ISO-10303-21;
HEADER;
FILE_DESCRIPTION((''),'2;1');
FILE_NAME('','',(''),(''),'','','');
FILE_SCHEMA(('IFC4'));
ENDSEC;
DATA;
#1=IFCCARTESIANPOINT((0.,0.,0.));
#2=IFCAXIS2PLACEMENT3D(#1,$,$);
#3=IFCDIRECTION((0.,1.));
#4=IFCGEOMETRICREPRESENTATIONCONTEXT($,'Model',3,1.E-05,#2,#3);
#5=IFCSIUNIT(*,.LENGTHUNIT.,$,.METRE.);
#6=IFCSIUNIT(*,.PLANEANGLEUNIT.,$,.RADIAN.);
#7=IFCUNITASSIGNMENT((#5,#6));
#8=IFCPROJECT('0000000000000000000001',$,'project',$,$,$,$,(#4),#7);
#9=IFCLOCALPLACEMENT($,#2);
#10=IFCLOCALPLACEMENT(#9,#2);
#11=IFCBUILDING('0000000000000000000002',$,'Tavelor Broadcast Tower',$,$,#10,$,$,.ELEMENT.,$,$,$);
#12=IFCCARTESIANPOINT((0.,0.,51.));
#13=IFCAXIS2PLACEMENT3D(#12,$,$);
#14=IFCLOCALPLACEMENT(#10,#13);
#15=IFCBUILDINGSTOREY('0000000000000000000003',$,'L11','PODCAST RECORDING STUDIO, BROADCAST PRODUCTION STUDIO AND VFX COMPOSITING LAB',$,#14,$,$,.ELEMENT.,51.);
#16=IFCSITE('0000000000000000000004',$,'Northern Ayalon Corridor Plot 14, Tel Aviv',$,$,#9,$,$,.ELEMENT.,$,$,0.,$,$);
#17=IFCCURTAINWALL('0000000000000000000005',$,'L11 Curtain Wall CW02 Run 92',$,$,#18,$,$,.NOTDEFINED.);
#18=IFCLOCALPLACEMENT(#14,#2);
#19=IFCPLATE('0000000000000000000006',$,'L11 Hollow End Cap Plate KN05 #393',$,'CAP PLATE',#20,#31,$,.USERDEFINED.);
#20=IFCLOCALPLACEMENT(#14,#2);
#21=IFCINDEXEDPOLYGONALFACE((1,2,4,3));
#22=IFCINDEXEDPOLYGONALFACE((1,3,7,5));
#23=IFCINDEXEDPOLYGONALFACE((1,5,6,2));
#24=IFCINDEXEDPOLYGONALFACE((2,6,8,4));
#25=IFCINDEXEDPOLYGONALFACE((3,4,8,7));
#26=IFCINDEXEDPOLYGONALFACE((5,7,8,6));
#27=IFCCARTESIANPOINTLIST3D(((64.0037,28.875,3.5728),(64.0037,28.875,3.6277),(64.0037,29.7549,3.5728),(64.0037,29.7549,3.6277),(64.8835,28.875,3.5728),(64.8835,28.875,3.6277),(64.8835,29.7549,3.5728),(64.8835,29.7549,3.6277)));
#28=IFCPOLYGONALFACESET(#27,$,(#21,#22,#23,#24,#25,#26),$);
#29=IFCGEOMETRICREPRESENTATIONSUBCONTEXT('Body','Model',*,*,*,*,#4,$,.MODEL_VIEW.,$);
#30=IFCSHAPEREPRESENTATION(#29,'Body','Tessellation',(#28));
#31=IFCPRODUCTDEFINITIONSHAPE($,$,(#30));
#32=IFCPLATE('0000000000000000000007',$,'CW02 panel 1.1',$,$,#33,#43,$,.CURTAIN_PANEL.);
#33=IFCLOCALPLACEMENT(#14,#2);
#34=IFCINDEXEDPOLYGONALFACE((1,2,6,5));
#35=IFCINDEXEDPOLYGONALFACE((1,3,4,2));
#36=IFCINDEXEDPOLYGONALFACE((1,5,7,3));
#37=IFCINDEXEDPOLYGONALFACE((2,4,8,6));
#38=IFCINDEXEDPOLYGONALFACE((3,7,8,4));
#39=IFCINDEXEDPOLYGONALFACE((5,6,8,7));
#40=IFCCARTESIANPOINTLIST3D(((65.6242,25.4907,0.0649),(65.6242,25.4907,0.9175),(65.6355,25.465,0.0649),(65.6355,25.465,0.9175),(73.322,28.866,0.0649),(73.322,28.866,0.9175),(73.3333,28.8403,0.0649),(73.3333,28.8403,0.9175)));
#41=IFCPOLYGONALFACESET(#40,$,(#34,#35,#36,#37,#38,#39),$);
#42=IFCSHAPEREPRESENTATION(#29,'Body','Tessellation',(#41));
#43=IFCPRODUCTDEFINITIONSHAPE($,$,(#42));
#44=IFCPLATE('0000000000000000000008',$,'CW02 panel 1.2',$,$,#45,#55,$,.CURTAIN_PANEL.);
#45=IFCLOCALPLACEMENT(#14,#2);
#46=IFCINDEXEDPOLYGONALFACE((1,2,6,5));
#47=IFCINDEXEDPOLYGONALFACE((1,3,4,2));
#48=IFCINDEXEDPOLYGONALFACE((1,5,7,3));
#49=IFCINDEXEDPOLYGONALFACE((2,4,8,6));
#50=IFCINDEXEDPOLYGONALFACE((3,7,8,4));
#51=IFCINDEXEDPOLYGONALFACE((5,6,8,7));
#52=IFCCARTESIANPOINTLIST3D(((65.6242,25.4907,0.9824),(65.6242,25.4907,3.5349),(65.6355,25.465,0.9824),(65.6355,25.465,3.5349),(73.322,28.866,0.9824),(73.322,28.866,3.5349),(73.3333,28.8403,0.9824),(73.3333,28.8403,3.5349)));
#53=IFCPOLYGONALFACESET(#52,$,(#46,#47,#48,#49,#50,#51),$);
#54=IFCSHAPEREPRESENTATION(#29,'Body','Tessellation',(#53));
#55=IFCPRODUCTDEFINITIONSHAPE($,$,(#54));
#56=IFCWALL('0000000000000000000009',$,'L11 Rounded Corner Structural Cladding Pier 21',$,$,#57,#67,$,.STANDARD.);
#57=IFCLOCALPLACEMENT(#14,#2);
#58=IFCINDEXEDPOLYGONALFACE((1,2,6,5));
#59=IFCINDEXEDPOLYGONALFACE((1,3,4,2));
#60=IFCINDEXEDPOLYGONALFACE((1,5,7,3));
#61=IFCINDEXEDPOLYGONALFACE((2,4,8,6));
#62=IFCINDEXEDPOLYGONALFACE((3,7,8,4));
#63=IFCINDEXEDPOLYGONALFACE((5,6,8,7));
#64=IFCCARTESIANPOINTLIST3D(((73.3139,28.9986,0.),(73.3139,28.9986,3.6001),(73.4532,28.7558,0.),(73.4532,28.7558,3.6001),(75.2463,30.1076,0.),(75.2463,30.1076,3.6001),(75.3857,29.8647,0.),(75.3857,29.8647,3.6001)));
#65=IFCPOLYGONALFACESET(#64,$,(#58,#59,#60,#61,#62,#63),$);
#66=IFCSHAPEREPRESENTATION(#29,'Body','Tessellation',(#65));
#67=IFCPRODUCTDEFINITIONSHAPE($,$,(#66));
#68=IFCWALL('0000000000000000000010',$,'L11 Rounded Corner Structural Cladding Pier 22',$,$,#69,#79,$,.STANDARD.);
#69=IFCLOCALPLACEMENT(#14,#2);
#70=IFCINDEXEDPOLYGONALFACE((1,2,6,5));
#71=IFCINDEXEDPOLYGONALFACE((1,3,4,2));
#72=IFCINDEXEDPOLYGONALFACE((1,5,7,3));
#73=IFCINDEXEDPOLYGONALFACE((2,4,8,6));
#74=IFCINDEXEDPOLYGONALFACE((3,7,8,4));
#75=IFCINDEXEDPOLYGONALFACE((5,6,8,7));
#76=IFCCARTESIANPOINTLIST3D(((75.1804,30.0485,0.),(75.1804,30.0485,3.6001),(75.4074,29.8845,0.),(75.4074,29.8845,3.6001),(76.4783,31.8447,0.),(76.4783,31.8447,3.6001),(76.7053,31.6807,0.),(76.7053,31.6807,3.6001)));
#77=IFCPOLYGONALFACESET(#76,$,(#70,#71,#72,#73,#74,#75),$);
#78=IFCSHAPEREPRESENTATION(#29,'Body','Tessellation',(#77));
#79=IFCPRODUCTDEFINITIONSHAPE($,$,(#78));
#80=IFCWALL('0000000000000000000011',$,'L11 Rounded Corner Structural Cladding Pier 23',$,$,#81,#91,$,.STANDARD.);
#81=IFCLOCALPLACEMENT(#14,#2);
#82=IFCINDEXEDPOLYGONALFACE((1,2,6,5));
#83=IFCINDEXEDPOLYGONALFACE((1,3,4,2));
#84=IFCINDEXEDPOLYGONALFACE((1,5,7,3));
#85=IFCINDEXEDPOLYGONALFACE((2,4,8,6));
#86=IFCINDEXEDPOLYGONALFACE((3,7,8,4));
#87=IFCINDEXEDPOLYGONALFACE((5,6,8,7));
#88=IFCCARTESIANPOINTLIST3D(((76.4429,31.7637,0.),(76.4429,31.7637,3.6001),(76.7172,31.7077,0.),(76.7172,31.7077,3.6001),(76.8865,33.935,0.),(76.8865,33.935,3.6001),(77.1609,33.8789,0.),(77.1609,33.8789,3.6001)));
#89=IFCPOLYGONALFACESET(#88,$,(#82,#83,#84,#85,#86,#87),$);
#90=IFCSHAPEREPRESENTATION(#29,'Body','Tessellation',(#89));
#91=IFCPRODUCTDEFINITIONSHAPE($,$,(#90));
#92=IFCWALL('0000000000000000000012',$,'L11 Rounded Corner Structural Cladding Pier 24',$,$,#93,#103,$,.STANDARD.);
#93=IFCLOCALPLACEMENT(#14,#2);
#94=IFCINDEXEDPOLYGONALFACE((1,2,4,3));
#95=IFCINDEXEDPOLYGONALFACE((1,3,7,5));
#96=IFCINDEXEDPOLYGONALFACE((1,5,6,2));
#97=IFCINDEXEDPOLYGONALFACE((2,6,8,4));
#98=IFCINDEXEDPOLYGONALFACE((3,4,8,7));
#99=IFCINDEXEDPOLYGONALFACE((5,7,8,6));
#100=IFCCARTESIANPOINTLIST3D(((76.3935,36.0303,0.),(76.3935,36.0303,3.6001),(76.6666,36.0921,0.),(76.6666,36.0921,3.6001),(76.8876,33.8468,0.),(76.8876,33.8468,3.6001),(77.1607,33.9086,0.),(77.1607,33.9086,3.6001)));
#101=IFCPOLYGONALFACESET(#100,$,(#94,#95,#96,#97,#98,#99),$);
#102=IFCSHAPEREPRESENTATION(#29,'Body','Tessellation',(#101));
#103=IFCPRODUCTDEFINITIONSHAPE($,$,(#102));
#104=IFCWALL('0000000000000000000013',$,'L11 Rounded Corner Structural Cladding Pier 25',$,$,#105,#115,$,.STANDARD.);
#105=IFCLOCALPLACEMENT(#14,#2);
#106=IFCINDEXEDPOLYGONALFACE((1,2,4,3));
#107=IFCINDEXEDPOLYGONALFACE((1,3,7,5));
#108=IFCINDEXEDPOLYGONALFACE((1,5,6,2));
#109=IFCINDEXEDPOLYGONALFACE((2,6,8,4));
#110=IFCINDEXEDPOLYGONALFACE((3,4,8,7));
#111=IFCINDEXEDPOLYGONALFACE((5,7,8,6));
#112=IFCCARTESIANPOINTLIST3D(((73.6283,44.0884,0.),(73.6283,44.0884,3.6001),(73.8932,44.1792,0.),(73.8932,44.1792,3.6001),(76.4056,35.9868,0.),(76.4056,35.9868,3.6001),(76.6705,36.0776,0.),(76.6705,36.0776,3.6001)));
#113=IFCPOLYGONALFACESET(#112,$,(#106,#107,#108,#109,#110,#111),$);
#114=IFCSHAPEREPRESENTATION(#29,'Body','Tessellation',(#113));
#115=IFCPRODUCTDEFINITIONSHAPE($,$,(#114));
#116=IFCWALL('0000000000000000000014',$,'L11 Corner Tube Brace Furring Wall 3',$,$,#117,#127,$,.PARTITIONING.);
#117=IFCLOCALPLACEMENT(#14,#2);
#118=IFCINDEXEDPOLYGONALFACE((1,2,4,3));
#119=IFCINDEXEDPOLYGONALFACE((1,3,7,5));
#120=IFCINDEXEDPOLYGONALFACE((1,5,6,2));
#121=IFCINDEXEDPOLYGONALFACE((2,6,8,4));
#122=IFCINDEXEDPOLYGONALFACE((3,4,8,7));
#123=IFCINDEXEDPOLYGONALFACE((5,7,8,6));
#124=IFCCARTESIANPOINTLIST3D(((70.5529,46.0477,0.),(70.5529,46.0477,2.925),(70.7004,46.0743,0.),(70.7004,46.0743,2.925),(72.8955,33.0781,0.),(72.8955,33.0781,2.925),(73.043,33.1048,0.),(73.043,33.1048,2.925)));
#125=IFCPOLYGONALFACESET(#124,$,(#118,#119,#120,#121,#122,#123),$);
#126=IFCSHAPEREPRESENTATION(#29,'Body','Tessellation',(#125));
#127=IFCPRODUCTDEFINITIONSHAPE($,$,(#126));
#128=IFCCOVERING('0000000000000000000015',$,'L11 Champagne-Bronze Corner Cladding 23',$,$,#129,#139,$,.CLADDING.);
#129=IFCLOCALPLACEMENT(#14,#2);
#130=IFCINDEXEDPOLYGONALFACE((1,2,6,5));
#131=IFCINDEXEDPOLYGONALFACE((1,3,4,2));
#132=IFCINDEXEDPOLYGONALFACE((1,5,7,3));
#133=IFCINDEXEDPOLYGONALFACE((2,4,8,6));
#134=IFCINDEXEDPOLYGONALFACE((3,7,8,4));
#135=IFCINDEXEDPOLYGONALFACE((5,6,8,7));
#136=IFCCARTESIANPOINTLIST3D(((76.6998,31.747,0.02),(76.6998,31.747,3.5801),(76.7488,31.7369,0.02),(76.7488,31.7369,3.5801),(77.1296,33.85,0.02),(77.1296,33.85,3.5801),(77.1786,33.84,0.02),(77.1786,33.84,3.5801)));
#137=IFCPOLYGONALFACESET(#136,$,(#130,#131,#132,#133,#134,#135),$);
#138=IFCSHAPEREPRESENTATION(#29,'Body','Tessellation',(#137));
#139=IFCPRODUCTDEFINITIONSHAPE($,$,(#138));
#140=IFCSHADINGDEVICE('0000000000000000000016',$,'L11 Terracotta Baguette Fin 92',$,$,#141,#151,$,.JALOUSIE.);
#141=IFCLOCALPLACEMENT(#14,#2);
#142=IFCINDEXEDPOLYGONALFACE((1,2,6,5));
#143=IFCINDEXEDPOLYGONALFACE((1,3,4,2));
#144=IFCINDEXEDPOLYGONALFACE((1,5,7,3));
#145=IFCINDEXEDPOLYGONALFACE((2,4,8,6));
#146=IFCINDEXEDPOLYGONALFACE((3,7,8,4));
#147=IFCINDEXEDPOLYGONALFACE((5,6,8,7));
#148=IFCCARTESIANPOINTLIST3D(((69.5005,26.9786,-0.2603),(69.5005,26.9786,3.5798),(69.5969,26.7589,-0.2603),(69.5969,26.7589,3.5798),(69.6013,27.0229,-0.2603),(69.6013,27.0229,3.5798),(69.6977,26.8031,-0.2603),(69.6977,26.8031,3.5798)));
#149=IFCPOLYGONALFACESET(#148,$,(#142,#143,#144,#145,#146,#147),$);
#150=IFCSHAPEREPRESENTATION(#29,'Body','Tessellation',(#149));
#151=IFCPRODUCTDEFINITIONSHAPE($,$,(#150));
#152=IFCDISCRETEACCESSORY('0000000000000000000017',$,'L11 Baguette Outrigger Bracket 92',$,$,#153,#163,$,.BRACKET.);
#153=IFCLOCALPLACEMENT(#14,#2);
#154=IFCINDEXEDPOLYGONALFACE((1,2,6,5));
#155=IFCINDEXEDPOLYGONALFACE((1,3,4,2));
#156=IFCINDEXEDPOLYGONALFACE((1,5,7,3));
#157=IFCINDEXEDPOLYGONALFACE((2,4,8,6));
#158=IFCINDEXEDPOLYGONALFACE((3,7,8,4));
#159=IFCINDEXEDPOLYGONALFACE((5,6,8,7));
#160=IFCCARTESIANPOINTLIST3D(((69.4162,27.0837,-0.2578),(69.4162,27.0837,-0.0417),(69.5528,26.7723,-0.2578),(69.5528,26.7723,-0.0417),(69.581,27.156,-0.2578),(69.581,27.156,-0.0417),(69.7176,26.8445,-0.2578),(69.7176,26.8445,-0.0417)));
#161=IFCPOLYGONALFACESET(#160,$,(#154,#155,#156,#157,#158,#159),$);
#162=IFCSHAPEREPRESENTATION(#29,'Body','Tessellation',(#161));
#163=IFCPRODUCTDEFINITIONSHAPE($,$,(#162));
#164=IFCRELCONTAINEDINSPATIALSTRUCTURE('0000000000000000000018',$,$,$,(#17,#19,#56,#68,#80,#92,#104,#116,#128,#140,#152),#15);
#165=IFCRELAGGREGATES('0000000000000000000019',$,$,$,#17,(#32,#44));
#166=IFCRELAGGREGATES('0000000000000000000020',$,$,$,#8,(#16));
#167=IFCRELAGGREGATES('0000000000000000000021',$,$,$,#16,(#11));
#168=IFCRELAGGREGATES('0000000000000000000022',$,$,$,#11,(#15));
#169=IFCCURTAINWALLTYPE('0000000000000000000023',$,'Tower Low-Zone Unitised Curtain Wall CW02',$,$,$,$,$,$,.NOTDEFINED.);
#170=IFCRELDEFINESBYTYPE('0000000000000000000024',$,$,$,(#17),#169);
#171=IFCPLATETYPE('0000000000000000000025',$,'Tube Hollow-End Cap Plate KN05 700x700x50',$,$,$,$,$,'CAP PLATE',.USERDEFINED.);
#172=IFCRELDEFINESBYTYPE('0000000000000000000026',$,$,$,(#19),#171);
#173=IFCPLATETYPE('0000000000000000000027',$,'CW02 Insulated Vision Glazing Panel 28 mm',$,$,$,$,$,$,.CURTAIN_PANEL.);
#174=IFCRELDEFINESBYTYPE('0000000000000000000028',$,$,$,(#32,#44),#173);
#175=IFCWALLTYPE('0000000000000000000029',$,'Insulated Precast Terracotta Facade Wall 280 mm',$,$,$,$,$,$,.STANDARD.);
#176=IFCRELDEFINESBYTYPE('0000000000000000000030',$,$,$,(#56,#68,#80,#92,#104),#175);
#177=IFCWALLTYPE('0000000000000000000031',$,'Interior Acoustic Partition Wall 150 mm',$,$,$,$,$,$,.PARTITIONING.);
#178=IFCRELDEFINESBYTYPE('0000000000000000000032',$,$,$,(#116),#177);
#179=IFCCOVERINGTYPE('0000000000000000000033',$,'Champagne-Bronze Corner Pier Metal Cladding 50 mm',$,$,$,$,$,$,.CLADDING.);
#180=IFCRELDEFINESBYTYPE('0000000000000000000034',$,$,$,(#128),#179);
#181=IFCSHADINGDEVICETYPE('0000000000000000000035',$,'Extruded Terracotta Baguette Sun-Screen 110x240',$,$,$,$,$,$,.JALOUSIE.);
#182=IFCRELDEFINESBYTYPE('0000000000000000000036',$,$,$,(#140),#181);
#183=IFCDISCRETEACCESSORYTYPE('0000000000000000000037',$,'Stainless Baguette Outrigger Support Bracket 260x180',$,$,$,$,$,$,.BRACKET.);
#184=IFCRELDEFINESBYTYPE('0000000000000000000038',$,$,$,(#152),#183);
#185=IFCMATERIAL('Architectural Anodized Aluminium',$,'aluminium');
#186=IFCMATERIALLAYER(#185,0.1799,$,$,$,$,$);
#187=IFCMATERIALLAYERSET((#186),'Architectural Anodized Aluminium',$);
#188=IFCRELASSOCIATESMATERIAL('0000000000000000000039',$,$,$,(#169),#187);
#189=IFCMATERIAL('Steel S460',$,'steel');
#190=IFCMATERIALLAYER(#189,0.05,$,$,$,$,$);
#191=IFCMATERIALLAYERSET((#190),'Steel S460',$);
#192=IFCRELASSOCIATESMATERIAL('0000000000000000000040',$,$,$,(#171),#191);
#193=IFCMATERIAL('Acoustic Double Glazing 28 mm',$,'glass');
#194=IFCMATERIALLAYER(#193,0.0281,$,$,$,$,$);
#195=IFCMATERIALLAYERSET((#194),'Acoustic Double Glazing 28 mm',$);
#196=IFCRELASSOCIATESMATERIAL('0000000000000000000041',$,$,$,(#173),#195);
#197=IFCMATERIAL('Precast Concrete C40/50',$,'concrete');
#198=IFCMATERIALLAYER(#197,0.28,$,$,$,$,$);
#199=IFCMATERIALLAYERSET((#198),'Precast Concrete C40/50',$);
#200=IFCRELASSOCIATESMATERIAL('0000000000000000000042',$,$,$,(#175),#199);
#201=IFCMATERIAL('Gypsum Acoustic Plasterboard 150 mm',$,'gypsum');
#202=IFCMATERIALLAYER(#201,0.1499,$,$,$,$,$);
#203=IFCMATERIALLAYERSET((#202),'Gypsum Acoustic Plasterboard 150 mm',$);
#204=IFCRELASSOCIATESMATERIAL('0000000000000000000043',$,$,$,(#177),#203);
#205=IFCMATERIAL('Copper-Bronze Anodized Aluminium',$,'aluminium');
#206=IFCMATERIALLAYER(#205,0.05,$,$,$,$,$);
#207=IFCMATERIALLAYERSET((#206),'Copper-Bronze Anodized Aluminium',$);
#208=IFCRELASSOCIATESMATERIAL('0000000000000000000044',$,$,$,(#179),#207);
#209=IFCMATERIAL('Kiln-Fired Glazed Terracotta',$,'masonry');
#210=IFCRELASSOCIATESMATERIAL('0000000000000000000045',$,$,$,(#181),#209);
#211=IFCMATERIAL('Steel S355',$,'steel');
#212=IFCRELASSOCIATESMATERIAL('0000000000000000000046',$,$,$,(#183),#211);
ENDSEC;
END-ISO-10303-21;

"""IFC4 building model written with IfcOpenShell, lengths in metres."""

from ifc_helpers import new_model, si_unit, direction, frame, frame_2d, origin, origin_2d, place, context, subcontext, project, spatial, rectangle, extrude, source, transform, mapped, material, layer, layer_set, type_object, type_shapes, element, aggregate, save


model = new_model("IFC4")

# Units and contexts
model_context = context("Model", 3, precision=1e-05, world=origin(), true_north=direction((0.0, 1.0)))
body_context = subcontext(model_context, "Body", "Model", "MODEL_VIEW")
ifc_project = project(units=[si_unit("LENGTHUNIT", "METRE"), si_unit("PLANEANGLEUNIT", "RADIAN")], contexts=[model_context])

# Site, building, storey
site_placement = place(None, origin())
site = spatial("IfcSite", under=ifc_project, at=site_placement, Name="Northern Ayalon Corridor Plot 14, Tel Aviv", CompositionType="ELEMENT", RefElevation=0.0)
building_placement = place(site_placement, origin())
building = spatial("IfcBuilding", under=site, at=building_placement, Name="Tavelor Broadcast Tower", CompositionType="ELEMENT")
storey_placement = place(building_placement, frame((0.0, 0.0, 51.0)))
storey = spatial("IfcBuildingStorey", under=building, at=storey_placement, Name="L11", Description="PODCAST RECORDING STUDIO, BROADCAST PRODUCTION STUDIO AND VFX COMPOSITING LAB", CompositionType="ELEMENT", Elevation=51.0)

# Shared definitions
ifc_material_1 = material(Name="Steel S460", Category="steel")

# Shared definitions
ifc_material_2 = material(Name="Steel S355", Category="steel")

# Shared definitions
ifc_material_3 = material(Name="Architectural Anodized Aluminium", Category="aluminium")
ifc_layer_1 = layer(ifc_material_3, 0.1799)
ifc_layer_set_1 = layer_set([ifc_layer_1], Name="Architectural Anodized Aluminium")
curtain_wall_type = type_object("IfcCurtainWallType", Name="Tower Low-Zone Unitised Curtain Wall CW02", PredefinedType="NOTDEFINED", material=ifc_layer_set_1)

# Curtain wall
curtain_wall_1_placement = place(storey_placement, origin())
curtain_wall_1 = element("IfcCurtainWall", 1, at=curtain_wall_1_placement, inside=storey, type_object=curtain_wall_type, Name="L11 Curtain Wall CW02 Run 92", PredefinedType="NOTDEFINED")

# Plate
ifc_layer_2 = layer(ifc_material_1, 0.05)
ifc_layer_set_2 = layer_set([ifc_layer_2], Name="Steel S460")
plate_type_1 = type_object("IfcPlateType", Name="Tube Hollow-End Cap Plate KN05 700x700x50", ElementType="CAP PLATE", PredefinedType="USERDEFINED", material=ifc_layer_set_2)
shared_shape_1 = source(origin(), body_context, "Body", "SweptSolid", [
    extrude(rectangle(XDim=0.8799, YDim=0.8799, at=origin_2d()), origin(), (0.0, 0.0, 1.0), 0.0549),
])
plate_1_placement = place(storey_placement, frame((64.4436, 29.3149, 3.5728), z_axis=(0.0, 0.0, 1.0), x_axis=(1.0, 0.0, 0.0)))
element("IfcPlate", 2, at=plate_1_placement, inside=storey, type_object=plate_type_1, Name="L11 Hollow End Cap Plate KN05 #393", ObjectType="CAP PLATE", PredefinedType="USERDEFINED", context=body_context, shape_type="MappedRepresentation", body=[
    mapped(shared_shape_1, transform((0.0, 0.0, 0.0), scale=1.0)),
])

# Plates
ifc_material_4 = material(Name="Acoustic Double Glazing 28 mm", Category="glass")
ifc_layer_3 = layer(ifc_material_4, 0.0281)
ifc_layer_set_3 = layer_set([ifc_layer_3], Name="Acoustic Double Glazing 28 mm")
plate_type_2 = type_object("IfcPlateType", Name="CW02 Insulated Vision Glazing Panel 28 mm", PredefinedType="CURTAIN_PANEL", material=ifc_layer_set_3)
shared_shape_2 = source(origin(), body_context, "Body", "SweptSolid", [
    extrude(rectangle(XDim=8.4053, YDim=0.0281, at=origin_2d()), origin(), (0.0, 0.0, 1.0), 0.8525),
])
plate_2_placement = place(storey_placement, frame((69.4788, 27.1655, 0.0649), z_axis=(0.0, 0.0, 1.0), x_axis=(0.91583, 0.401567, 0.0)))
plate_2 = element("IfcPlate", 3, at=plate_2_placement, type_object=plate_type_2, Name="CW02 panel 1.1", PredefinedType="CURTAIN_PANEL", context=body_context, shape_type="MappedRepresentation", body=[
    mapped(shared_shape_2, transform((0.0, 0.0, 0.0), scale=1.0)),
])
shared_shape_3 = source(origin(), body_context, "Body", "SweptSolid", [
    extrude(rectangle(XDim=8.4053, YDim=0.0281, at=origin_2d()), origin(), (0.0, 0.0, 1.0), 2.5525),
])
type_shapes(plate_type_2, [shared_shape_2, shared_shape_3])
plate_3_placement = place(storey_placement, frame((69.4788, 27.1655, 0.9824), z_axis=(0.0, 0.0, 1.0), x_axis=(0.91583, 0.401567, 0.0)))
plate_3 = element("IfcPlate", 4, at=plate_3_placement, type_object=plate_type_2, Name="CW02 panel 1.2", PredefinedType="CURTAIN_PANEL", context=body_context, shape_type="MappedRepresentation", body=[
    mapped(shared_shape_3, transform((0.0, 0.0, 0.0), scale=1.0)),
])
aggregate(curtain_wall_1, [plate_2, plate_3])

# Walls
ifc_material_5 = material(Name="Precast Concrete C40/50", Category="concrete")
ifc_layer_4 = layer(ifc_material_5, 0.28)
ifc_layer_set_4 = layer_set([ifc_layer_4], Name="Precast Concrete C40/50")
wall_type_1 = type_object("IfcWallType", Name="Insulated Precast Terracotta Facade Wall 280 mm", PredefinedType="STANDARD", material=ifc_layer_set_4)
wall_1_placement = place(storey_placement, frame((73.3835, 28.8772, 0.0), z_axis=(0.0, 0.0, 1.0), x_axis=(0.867338, 0.497719, 0.0)))
element("IfcWall", 5, at=wall_1_placement, inside=storey, type_object=wall_type_1, Name="L11 Rounded Corner Structural Cladding Pier 21", PredefinedType="STANDARD", context=body_context, shape_type="SweptSolid", body=[
    extrude(rectangle(XDim=2.228, YDim=0.28, at=frame_2d((1.114, 0.0))), origin(), (0.0, 0.0, 1.0), 3.6001),
])
for number, where, z_axis, x_axis, name in (
    (6, (75.2939, 29.9666, 0.0), (0.0, 0.0, 1.0), (0.58568, 0.810543, 0.0), "L11 Rounded Corner Structural Cladding Pier 22"),
    (7, (76.5801, 31.7358, 0.0), (0.0, 0.0, 1.0), (0.200182, 0.979759, 0.0), "L11 Rounded Corner Structural Cladding Pier 23"),
):
    element("IfcWall", number, at=place(storey_placement, frame(where, z_axis=z_axis, x_axis=x_axis)), inside=storey, type_object=wall_type_1, Name=name, PredefinedType="STANDARD", context=body_context, shape_type="SweptSolid", body=[
        extrude(rectangle(XDim=2.2161, YDim=0.28, at=frame_2d((1.1079, 0.0))), origin(), (0.0, 0.0, 1.0), 3.6001),
    ])
wall_2_placement = place(storey_placement, frame((77.0242, 33.8777, 0.0), z_axis=(0.0, 0.0, 1.0), x_axis=(-0.220716, 0.975338, 0.0)))
element("IfcWall", 8, at=wall_2_placement, inside=storey, type_object=wall_type_1, Name="L11 Rounded Corner Structural Cladding Pier 24", PredefinedType="STANDARD", context=body_context, shape_type="SweptSolid", body=[
    extrude(rectangle(XDim=2.2388, YDim=0.28, at=frame_2d((1.1194, 0.0))), origin(), (0.0, 0.0, 1.0), 3.6001),
])
wall_3_placement = place(storey_placement, frame((76.5381, 36.0322, 0.0), z_axis=(0.0, 0.0, 1.0), x_axis=(-0.324289, 0.945958, 0.0)))
element("IfcWall", 9, at=wall_3_placement, inside=storey, type_object=wall_type_1, Name="L11 Rounded Corner Structural Cladding Pier 25", PredefinedType="STANDARD", context=body_context, shape_type="SweptSolid", body=[
    extrude(rectangle(XDim=8.5645, YDim=0.28, at=frame_2d((4.2822, 0.0))), origin(), (0.0, 0.0, 1.0), 3.6001),
])
ifc_material_6 = material(Name="Gypsum Acoustic Plasterboard 150 mm", Category="gypsum")
ifc_layer_5 = layer(ifc_material_6, 0.1499)
ifc_layer_set_5 = layer_set([ifc_layer_5], Name="Gypsum Acoustic Plasterboard 150 mm")
wall_type_2 = type_object("IfcWallType", Name="Interior Acoustic Partition Wall 150 mm", PredefinedType="PARTITIONING", material=ifc_layer_set_5)
wall_4_placement = place(storey_placement, frame((72.9692, 33.0913, 0.0), z_axis=(0.0, 0.0, 1.0), x_axis=(-0.177743, 0.984077, 0.0)))
element("IfcWall", 10, at=wall_4_placement, inside=storey, type_object=wall_type_2, Name="L11 Corner Tube Brace Furring Wall 3", PredefinedType="PARTITIONING", context=body_context, shape_type="SweptSolid", body=[
    extrude(rectangle(XDim=13.1794, YDim=0.1499, at=frame_2d((6.5898, 0.0))), origin(), (0.0, 0.0, 1.0), 2.925),
])

# Covering
ifc_material_7 = material(Name="Copper-Bronze Anodized Aluminium", Category="aluminium")
ifc_layer_6 = layer(ifc_material_7, 0.05)
ifc_layer_set_6 = layer_set([ifc_layer_6], Name="Copper-Bronze Anodized Aluminium")
covering_type = type_object("IfcCoveringType", Name="Champagne-Bronze Corner Pier Metal Cladding 50 mm", PredefinedType="CLADDING", material=ifc_layer_set_6)
covering_placement = place(storey_placement, frame((76.9392, 32.7935, 0.02), z_axis=(0.0, 0.0, 1.0), x_axis=(0.200223, 0.97975, 0.0)))
element("IfcCovering", 11, at=covering_placement, inside=storey, type_object=covering_type, Name="L11 Champagne-Bronze Corner Cladding 23", PredefinedType="CLADDING", context=body_context, shape_type="SweptSolid", body=[
    extrude(rectangle(XDim=2.1465, YDim=0.05, at=origin_2d()), origin(), (0.0, 0.0, 1.0), 3.5601),
])

# Shading device
ifc_material_8 = material(Name="Kiln-Fired Glazed Terracotta", Category="masonry")
shading_device_type = type_object("IfcShadingDeviceType", Name="Extruded Terracotta Baguette Sun-Screen 110x240", PredefinedType="JALOUSIE", material=ifc_material_8)
shared_shape_4 = source(origin(), body_context, "Body", "SweptSolid", [
    extrude(rectangle(XDim=0.1101, YDim=0.24, at=origin_2d()), origin(), (0.0, 0.0, 1.0), 3.8401),
])
type_shapes(shading_device_type, [shared_shape_4])
shading_device_placement = place(storey_placement, frame((69.5991, 26.8909, -0.2603), z_axis=(0.0, 0.0, 1.0), x_axis=(0.915803, 0.401628, 0.0)))
element("IfcShadingDevice", 12, at=shading_device_placement, inside=storey, type_object=shading_device_type, Name="L11 Terracotta Baguette Fin 92", PredefinedType="JALOUSIE", context=body_context, shape_type="MappedRepresentation", body=[
    mapped(shared_shape_4, transform((0.0, 0.0, 0.0), scale=1.0)),
])

# Discrete accessory
discrete_accessory_type = type_object("IfcDiscreteAccessoryType", Name="Stainless Baguette Outrigger Support Bracket 260x180", PredefinedType="BRACKET", material=ifc_material_2)
shared_shape_5 = source(origin(), body_context, "Body", "SweptSolid", [
    extrude(rectangle(XDim=0.1799, YDim=0.3401, at=origin_2d()), origin(), (0.0, 0.0, 1.0), 0.2161),
])
type_shapes(discrete_accessory_type, [shared_shape_5])
discrete_accessory_placement = place(storey_placement, frame((69.5669, 26.9641, -0.2578), z_axis=(0.0, 0.0, 1.0), x_axis=(0.915803, 0.401628, 0.0)))
element("IfcDiscreteAccessory", 13, at=discrete_accessory_placement, inside=storey, type_object=discrete_accessory_type, Name="L11 Baguette Outrigger Bracket 92", PredefinedType="BRACKET", context=body_context, shape_type="MappedRepresentation", body=[
    mapped(shared_shape_5, transform((0.0, 0.0, 0.0), scale=1.0)),
])

save(model, "model.ifc")
